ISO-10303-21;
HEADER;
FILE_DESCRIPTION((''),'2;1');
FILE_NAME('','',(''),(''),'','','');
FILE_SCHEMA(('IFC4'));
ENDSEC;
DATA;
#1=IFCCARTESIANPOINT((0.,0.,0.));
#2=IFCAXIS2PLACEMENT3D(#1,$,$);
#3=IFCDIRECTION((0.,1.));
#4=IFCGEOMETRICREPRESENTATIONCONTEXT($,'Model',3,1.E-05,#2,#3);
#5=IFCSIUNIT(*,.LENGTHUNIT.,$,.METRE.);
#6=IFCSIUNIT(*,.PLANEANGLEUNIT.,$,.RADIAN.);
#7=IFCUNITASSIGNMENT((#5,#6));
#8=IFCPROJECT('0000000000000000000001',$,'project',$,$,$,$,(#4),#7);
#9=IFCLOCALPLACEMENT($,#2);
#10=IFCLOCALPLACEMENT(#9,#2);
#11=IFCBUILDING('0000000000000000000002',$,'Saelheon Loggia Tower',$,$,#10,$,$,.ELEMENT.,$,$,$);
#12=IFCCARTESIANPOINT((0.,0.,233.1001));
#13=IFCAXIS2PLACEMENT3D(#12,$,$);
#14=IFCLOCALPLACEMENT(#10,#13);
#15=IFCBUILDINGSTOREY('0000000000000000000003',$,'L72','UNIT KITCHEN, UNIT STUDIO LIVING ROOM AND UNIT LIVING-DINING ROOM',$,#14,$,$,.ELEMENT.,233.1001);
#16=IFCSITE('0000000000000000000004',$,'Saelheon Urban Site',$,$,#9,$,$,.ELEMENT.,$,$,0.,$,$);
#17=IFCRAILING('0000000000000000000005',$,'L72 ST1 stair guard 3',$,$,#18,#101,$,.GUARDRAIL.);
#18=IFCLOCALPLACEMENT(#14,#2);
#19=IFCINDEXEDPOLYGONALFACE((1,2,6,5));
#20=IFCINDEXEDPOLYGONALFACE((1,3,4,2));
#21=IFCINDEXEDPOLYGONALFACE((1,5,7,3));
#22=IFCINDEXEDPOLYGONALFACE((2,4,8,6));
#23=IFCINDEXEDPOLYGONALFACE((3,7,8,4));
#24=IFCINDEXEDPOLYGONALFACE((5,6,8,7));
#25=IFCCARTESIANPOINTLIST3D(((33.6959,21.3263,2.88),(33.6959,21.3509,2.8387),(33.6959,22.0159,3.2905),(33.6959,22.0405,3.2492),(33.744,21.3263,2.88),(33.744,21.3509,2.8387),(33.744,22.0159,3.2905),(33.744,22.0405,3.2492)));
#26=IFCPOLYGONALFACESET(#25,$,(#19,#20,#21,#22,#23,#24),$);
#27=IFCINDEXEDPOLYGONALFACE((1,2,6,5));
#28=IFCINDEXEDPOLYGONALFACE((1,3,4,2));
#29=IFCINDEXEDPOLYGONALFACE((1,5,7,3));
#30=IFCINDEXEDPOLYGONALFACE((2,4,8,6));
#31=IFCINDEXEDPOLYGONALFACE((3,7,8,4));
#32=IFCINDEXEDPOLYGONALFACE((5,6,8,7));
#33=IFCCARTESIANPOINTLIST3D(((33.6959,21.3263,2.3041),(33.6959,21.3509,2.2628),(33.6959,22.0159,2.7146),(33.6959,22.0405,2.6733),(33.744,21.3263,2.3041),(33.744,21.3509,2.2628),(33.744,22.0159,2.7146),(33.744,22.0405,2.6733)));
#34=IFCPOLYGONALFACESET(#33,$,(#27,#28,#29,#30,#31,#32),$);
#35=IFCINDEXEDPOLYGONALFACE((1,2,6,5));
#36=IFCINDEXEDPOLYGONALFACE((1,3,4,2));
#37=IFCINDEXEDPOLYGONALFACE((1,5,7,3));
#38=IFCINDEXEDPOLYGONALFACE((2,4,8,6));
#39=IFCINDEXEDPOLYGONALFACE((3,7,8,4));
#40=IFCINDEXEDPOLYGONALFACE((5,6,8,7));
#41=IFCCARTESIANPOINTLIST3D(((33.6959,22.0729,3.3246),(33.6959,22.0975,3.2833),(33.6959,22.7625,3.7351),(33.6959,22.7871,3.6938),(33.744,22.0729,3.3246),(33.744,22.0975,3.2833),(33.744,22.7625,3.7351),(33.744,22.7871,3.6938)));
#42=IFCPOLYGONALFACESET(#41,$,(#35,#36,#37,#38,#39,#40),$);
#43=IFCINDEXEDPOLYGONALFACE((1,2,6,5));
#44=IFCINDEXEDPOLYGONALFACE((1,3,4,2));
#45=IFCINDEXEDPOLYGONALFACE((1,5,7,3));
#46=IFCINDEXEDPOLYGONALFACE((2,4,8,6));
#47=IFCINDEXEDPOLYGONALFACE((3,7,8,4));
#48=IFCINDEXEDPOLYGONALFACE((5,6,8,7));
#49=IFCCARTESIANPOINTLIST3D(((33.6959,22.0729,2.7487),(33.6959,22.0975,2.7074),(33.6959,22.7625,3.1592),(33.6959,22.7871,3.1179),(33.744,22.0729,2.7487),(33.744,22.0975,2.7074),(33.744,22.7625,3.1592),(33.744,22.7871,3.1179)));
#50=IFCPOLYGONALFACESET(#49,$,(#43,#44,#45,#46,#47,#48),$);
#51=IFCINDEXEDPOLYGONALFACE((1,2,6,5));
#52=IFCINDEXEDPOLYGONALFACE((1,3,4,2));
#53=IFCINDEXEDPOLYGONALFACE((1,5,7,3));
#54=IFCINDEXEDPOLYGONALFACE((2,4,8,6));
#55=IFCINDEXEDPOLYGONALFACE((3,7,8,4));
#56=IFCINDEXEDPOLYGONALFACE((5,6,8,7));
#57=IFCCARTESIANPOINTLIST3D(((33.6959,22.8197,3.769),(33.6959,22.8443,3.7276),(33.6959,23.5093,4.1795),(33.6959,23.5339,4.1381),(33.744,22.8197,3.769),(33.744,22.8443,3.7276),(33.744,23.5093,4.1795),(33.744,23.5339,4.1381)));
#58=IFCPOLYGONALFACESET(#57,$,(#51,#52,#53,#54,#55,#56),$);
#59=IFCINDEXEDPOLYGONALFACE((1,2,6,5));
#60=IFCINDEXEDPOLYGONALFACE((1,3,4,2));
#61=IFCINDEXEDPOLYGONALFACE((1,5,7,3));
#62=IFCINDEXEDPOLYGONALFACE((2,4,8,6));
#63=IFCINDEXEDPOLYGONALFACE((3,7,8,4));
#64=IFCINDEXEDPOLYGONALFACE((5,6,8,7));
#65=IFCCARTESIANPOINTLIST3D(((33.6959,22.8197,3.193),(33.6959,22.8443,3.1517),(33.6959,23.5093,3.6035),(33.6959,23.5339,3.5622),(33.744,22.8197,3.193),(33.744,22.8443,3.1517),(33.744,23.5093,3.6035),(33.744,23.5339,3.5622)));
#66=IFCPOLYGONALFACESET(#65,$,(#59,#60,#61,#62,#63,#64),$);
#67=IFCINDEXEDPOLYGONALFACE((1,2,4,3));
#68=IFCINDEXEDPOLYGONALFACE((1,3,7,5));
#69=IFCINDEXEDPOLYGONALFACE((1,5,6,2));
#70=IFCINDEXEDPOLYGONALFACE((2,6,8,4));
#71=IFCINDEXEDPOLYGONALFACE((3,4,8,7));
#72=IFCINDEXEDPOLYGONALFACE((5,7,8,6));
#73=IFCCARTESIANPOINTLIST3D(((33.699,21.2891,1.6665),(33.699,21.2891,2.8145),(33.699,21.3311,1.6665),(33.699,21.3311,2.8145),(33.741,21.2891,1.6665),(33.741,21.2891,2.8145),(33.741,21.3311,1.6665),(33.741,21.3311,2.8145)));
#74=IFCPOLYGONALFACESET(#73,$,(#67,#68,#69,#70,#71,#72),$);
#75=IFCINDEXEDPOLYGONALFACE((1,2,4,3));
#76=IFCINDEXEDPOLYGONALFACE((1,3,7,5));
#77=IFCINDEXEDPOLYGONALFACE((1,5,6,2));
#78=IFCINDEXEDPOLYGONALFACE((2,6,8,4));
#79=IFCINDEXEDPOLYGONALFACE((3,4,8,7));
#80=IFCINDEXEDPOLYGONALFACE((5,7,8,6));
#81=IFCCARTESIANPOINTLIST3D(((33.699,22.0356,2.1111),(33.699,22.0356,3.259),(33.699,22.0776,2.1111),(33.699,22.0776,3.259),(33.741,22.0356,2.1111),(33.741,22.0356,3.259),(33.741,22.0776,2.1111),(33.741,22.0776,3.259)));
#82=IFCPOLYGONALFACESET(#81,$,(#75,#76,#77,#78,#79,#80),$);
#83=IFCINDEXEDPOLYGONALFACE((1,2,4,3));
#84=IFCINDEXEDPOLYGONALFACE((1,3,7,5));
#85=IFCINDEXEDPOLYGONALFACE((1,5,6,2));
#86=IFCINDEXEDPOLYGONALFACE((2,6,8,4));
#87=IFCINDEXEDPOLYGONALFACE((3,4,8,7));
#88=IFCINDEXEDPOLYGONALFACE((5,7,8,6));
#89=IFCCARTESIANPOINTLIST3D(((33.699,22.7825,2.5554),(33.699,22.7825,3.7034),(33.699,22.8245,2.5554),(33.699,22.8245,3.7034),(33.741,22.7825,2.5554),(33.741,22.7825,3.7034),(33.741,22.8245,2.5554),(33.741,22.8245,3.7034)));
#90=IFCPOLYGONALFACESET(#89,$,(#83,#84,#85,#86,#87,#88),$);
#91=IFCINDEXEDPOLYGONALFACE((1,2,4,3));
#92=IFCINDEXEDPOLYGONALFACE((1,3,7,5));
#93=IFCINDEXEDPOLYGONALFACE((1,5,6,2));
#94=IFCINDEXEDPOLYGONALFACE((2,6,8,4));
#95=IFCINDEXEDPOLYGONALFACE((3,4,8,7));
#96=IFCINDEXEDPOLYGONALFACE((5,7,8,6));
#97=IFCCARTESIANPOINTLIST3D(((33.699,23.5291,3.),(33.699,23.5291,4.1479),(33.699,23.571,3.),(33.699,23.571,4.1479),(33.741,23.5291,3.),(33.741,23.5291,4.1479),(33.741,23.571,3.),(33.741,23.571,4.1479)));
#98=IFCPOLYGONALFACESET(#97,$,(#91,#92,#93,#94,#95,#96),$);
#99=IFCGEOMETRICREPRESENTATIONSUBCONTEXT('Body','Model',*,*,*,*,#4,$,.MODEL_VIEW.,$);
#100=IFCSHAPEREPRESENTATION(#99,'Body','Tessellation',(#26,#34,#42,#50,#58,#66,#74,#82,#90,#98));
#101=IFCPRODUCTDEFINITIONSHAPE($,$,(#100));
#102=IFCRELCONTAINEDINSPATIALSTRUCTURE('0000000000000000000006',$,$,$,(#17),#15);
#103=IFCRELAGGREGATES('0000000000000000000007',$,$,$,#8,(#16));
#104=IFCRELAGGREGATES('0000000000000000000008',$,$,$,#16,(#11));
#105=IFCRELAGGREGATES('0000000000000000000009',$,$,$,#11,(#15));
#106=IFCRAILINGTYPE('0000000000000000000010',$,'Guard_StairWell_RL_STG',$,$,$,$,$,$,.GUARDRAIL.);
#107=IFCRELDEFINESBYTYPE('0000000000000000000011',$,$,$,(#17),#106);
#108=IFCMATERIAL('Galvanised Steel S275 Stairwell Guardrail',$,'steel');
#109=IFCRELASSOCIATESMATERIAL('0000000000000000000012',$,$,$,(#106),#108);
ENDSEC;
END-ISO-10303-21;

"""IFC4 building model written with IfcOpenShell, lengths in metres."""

from ifc_helpers import new_model, si_unit, direction, frame, origin, origin_2d, place, context, subcontext, project, spatial, rectangle, extrude, material, type_object, element, save


model = new_model("IFC4")

# Units and contexts
model_context = context("Model", 3, precision=1e-05, world=origin(), true_north=direction((0.0, 1.0)))
body_context = subcontext(model_context, "Body", "Model", "MODEL_VIEW")
ifc_project = project(units=[si_unit("LENGTHUNIT", "METRE"), si_unit("PLANEANGLEUNIT", "RADIAN")], contexts=[model_context])

# Site, building, storey
site_placement = place(None, origin())
site = spatial("IfcSite", under=ifc_project, at=site_placement, Name="Saelheon Urban Site", CompositionType="ELEMENT", RefElevation=0.0)
building_placement = place(site_placement, origin())
building = spatial("IfcBuilding", under=site, at=building_placement, Name="Saelheon Loggia Tower", CompositionType="ELEMENT")
storey_placement = place(building_placement, frame((0.0, 0.0, 233.1001)))
storey = spatial("IfcBuildingStorey", under=building, at=storey_placement, Name="L72", Description="UNIT KITCHEN, UNIT STUDIO LIVING ROOM AND UNIT LIVING-DINING ROOM", CompositionType="ELEMENT", Elevation=233.1001)

# Railing
ifc_material_1 = material(Name="Galvanised Steel S275 Stairwell Guardrail", Category="steel")
railing_type = type_object("IfcRailingType", Name="Guard_StairWell_RL_STG", PredefinedType="GUARDRAIL", material=ifc_material_1)
railing_1_placement = place(storey_placement, frame((33.72, 21.3101, 1.6665)))
element("IfcRailing", 1, at=railing_1_placement, inside=storey, type_object=railing_type, Name="L72 ST1 stair guard 3", PredefinedType="GUARDRAIL", context=body_context, shape_type="SweptSolid", body=[
    extrude(rectangle(XDim=0.0481, YDim=0.0481, at=origin_2d()), frame((0.0, 0.0286, 1.1929), z_axis=(0.0, 0.859264, 0.511532), x_axis=(-1.0, 0.0, 0.0)), (0.0, 0.0, 1.0), 0.8025),
    extrude(rectangle(XDim=0.0481, YDim=0.0481, at=origin_2d()), frame((0.0, 0.0286, 0.6169), z_axis=(0.0, 0.859264, 0.511532), x_axis=(-1.0, 0.0, 0.0)), (0.0, 0.0, 1.0), 0.8025),
    extrude(rectangle(XDim=0.0481, YDim=0.0481, at=origin_2d()), frame((0.0, 0.7751, 1.6375), z_axis=(0.0, 0.859264, 0.511532), x_axis=(-1.0, 0.0, 0.0)), (0.0, 0.0, 1.0), 0.8025),
    extrude(rectangle(XDim=0.0481, YDim=0.0481, at=origin_2d()), frame((0.0, 0.7751, 1.0615), z_axis=(0.0, 0.859264, 0.511532), x_axis=(-1.0, 0.0, 0.0)), (0.0, 0.0, 1.0), 0.8025),
    extrude(rectangle(XDim=0.0481, YDim=0.0481, at=origin_2d()), frame((0.0, 1.522, 2.0818), z_axis=(0.0, 0.859264, 0.511532), x_axis=(-1.0, 0.0, 0.0)), (0.0, 0.0, 1.0), 0.8025),
    extrude(rectangle(XDim=0.0481, YDim=0.0481, at=origin_2d()), frame((0.0, 1.522, 1.5059), z_axis=(0.0, 0.859264, 0.511532), x_axis=(-1.0, 0.0, 0.0)), (0.0, 0.0, 1.0), 0.8025),
    extrude(rectangle(XDim=0.042, YDim=0.042, at=origin_2d()), origin(), (0.0, 0.0, 1.0), 1.1479),
    extrude(rectangle(XDim=0.042, YDim=0.042, at=origin_2d()), frame((0.0, 0.7466, 0.4446)), (0.0, 0.0, 1.0), 1.1479),
    extrude(rectangle(XDim=0.042, YDim=0.042, at=origin_2d()), frame((0.0, 1.4934, 0.8889)), (0.0, 0.0, 1.0), 1.1479),
    extrude(rectangle(XDim=0.042, YDim=0.042, at=origin_2d()), frame((0.0, 2.24, 1.3335)), (0.0, 0.0, 1.0), 1.1479),
])

save(model, "model.ifc")
